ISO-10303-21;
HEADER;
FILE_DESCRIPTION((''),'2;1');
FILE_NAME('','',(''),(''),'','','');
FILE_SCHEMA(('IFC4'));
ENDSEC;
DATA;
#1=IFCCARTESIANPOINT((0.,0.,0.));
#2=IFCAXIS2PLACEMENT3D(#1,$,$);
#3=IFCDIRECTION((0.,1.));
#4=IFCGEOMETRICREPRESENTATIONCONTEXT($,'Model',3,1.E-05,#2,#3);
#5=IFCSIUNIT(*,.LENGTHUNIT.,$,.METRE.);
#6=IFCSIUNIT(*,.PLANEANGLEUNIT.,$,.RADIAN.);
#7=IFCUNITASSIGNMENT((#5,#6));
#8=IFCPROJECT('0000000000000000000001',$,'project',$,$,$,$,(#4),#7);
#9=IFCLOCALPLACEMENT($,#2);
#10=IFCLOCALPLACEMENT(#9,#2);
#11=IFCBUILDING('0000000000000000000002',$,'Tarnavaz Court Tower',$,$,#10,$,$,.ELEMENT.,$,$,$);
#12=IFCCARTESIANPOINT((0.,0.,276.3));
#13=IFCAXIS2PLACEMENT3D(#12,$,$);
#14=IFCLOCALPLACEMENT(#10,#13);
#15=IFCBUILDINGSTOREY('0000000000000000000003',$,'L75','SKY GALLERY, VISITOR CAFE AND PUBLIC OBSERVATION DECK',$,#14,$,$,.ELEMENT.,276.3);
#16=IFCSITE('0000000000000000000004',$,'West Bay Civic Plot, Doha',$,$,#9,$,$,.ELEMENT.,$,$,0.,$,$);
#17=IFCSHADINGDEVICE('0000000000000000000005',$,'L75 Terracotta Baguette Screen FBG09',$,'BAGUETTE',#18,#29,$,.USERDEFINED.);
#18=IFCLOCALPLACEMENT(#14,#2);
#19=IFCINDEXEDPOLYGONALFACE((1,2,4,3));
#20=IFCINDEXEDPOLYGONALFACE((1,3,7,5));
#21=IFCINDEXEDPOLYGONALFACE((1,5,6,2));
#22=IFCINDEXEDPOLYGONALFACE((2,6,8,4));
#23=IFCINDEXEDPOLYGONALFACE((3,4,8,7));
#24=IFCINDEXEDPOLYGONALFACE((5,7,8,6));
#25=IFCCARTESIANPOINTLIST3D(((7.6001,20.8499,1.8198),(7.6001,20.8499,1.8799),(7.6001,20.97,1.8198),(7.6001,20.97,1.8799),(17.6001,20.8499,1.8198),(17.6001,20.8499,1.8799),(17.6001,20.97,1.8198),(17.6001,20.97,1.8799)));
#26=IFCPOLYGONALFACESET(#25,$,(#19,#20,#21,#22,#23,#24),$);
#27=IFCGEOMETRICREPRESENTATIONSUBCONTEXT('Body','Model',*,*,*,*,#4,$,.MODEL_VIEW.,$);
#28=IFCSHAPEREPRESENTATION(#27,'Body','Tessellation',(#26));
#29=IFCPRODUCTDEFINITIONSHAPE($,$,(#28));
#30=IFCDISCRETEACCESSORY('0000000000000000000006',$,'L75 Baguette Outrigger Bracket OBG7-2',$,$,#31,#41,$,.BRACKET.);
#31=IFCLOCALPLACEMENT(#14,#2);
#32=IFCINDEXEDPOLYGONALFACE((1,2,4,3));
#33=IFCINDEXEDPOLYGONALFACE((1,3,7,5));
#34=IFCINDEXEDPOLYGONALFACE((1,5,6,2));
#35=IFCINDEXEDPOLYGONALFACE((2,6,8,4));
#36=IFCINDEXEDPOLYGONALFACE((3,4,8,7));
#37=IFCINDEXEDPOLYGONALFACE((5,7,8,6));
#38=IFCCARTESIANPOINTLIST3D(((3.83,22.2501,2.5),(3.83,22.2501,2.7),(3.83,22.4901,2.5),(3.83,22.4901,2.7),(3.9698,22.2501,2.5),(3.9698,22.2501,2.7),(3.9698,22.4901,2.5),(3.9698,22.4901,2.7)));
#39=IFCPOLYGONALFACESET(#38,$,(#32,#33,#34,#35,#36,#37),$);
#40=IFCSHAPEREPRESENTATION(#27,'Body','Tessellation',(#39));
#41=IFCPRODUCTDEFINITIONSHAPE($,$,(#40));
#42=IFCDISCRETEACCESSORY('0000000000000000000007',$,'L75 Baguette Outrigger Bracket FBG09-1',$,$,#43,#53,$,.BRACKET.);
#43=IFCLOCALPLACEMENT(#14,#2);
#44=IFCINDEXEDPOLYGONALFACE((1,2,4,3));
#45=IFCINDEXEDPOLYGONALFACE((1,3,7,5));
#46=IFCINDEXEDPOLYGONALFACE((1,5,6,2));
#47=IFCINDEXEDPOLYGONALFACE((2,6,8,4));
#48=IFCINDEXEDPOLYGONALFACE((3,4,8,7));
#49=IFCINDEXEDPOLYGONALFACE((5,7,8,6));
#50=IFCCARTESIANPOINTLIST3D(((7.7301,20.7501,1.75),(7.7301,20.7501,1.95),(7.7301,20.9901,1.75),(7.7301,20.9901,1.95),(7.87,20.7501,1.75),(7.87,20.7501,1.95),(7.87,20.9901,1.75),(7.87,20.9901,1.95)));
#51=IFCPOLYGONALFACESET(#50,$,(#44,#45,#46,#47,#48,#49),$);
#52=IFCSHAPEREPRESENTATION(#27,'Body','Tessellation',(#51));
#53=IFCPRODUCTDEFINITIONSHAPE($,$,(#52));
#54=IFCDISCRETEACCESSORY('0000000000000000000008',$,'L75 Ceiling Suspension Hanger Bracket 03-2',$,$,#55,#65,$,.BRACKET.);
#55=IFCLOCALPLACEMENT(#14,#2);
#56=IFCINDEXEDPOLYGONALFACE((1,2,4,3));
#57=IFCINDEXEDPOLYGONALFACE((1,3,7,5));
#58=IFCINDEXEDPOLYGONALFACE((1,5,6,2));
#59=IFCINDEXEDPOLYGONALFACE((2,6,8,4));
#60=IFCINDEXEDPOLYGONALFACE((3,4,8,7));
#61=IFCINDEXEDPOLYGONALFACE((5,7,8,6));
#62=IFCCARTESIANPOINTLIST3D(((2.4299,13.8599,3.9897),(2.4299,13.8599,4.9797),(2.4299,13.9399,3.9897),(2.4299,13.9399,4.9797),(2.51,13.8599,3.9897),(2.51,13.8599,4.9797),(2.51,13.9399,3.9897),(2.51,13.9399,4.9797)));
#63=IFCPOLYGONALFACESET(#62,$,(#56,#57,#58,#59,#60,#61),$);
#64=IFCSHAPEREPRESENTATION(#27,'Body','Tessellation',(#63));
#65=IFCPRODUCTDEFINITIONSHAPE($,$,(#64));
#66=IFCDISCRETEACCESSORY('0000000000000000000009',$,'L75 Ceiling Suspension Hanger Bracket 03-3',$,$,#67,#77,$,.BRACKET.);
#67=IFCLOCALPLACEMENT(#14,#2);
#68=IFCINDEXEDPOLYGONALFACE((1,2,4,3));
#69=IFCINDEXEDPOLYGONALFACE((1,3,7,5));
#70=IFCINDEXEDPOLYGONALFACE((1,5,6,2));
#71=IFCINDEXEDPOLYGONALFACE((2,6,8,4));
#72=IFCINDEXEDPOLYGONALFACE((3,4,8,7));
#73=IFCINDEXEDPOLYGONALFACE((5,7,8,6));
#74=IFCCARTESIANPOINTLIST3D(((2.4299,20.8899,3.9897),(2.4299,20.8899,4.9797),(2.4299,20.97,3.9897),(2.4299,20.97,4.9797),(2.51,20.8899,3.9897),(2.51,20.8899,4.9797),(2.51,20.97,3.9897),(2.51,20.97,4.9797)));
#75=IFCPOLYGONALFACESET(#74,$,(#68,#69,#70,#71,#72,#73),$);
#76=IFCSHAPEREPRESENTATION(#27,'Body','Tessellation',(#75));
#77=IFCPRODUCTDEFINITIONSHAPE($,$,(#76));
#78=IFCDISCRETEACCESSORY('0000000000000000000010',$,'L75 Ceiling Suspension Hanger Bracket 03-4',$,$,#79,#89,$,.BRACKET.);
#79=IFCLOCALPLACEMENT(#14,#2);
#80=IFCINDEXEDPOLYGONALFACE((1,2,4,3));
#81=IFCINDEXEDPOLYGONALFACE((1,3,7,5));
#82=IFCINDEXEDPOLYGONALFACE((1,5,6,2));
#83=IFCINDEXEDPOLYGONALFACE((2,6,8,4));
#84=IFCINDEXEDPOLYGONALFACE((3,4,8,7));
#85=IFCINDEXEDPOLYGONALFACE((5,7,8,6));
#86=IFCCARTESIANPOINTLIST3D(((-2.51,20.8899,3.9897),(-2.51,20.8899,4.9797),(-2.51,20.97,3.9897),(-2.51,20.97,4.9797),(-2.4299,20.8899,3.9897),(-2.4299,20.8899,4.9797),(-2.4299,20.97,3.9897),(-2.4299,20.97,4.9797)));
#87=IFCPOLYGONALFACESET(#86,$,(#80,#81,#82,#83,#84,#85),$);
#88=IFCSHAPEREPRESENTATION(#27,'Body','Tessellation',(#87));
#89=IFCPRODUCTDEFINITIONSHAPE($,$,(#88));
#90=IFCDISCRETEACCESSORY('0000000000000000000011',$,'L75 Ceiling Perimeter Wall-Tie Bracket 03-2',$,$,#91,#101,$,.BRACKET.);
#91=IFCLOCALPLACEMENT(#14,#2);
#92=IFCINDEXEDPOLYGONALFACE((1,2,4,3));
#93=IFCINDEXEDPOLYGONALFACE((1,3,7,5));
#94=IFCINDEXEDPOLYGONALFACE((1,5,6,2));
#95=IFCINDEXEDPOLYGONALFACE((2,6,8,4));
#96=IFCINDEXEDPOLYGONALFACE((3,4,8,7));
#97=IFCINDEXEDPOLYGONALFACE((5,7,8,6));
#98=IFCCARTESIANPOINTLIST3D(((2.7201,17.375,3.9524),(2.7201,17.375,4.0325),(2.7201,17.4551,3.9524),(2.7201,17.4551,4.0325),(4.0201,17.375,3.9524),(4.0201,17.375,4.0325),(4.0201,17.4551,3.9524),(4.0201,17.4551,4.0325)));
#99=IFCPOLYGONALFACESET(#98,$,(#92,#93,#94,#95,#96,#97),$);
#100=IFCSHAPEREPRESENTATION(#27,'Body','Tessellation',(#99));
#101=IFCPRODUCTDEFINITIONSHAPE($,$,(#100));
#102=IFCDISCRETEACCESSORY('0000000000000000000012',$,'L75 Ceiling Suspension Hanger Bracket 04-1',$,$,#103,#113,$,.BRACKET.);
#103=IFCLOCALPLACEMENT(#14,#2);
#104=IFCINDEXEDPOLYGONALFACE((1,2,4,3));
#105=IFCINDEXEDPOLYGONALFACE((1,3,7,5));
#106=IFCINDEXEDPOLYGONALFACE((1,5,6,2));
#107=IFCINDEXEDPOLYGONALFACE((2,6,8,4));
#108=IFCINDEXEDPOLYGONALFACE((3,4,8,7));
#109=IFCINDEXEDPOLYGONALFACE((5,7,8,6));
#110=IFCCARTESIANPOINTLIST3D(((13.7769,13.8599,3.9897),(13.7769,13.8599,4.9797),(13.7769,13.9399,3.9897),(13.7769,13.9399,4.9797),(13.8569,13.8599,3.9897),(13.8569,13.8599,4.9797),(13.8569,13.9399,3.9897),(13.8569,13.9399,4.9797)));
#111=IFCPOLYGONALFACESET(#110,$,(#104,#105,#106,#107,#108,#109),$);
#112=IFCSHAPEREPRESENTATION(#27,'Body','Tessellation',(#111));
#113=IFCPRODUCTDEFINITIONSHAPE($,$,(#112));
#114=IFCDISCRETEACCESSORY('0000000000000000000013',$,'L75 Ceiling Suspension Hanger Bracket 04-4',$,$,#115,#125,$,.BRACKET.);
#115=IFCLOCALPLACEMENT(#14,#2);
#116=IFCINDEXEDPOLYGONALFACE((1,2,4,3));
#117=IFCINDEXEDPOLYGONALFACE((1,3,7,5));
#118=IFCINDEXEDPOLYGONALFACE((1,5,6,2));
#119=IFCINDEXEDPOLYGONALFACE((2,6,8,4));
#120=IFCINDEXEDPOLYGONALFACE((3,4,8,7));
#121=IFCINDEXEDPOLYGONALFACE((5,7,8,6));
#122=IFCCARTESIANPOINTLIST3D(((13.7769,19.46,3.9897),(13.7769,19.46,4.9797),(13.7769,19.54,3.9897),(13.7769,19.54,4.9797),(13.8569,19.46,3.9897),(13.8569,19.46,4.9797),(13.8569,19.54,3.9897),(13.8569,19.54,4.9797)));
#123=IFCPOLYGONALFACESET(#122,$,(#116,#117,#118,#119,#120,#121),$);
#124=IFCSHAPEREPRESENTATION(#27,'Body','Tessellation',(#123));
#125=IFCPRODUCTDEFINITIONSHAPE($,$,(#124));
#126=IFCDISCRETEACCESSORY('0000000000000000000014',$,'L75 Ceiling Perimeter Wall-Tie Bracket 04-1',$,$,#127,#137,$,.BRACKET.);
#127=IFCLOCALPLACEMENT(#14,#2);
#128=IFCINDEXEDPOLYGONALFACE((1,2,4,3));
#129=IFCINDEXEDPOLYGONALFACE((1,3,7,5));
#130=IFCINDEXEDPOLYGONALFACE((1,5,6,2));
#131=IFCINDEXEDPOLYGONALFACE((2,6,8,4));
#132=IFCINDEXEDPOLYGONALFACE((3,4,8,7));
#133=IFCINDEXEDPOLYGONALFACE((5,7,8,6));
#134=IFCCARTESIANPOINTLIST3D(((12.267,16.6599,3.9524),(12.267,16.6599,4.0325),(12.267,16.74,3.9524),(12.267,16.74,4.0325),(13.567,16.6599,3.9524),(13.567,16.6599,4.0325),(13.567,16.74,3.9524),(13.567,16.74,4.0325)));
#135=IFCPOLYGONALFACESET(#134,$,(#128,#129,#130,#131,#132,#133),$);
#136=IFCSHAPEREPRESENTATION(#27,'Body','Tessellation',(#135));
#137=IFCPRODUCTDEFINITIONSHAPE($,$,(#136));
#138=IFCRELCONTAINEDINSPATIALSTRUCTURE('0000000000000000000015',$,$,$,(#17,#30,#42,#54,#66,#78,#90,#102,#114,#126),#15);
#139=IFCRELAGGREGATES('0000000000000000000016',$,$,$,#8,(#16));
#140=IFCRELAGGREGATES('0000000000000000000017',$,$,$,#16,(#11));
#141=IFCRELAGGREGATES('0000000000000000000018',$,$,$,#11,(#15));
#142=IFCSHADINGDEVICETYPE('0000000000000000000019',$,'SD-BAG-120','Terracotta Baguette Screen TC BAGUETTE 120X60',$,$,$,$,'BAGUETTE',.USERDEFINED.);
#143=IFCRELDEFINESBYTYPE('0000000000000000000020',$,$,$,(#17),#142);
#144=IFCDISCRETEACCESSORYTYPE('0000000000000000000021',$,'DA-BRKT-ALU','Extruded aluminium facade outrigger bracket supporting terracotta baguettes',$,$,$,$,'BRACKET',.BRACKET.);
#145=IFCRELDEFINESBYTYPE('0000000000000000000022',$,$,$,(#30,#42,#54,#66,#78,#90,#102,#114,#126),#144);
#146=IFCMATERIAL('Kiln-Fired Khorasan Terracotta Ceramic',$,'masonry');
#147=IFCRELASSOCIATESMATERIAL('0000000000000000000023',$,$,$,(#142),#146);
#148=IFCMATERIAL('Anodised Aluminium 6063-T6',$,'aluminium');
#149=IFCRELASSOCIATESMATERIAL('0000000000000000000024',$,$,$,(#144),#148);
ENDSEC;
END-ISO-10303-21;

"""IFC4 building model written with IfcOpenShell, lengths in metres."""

from ifc_helpers import new_model, si_unit, direction, frame, origin, origin_2d, place, context, subcontext, project, spatial, rectangle, extrude, material, material_profile, profile_set, type_object, element, save


model = new_model("IFC4")

# Units and contexts
model_context = context("Model", 3, precision=1e-05, world=origin(), true_north=direction((0.0, 1.0)))
body_context = subcontext(model_context, "Body", "Model", "MODEL_VIEW")
ifc_project = project(units=[si_unit("LENGTHUNIT", "METRE"), si_unit("PLANEANGLEUNIT", "RADIAN")], contexts=[model_context])

# Site, building, storey
site_placement = place(None, origin())
site = spatial("IfcSite", under=ifc_project, at=site_placement, Name="West Bay Civic Plot, Doha", CompositionType="ELEMENT", RefElevation=0.0)
building_placement = place(site_placement, origin())
building = spatial("IfcBuilding", under=site, at=building_placement, Name="Tarnavaz Court Tower", CompositionType="ELEMENT")
storey_placement = place(building_placement, frame((0.0, 0.0, 276.3)))
storey = spatial("IfcBuildingStorey", under=building, at=storey_placement, Name="L75", Description="SKY GALLERY, VISITOR CAFE AND PUBLIC OBSERVATION DECK", CompositionType="ELEMENT", Elevation=276.3)

# Shared definitions
ifc_material_1 = material(Name="Anodised Aluminium 6063-T6", Category="aluminium")

# Shading device
ifc_material_2 = material(Name="Kiln-Fired Khorasan Terracotta Ceramic", Category="masonry")
ifc_material_profile_1 = material_profile(ifc_material_2, rectangle(XDim=0.1201, YDim=0.0601, at=origin_2d()), Name="TC BAGUETTE 120X60")
ifc_profile_set_1 = profile_set([ifc_material_profile_1], Name="Kiln-Fired Khorasan Terracotta Ceramic")
shading_device_type = type_object("IfcShadingDeviceType", Name="SD-BAG-120", Description="Terracotta Baguette Screen TC BAGUETTE 120X60", ElementType="BAGUETTE", PredefinedType="USERDEFINED", material=ifc_profile_set_1)
shading_device_placement = place(storey_placement, frame((7.6001, 20.9099, 1.8499), z_axis=(1.0, 0.0, 0.0), x_axis=(0.0, 1.0, 0.0)))
element("IfcShadingDevice", 1, at=shading_device_placement, inside=storey, type_object=shading_device_type, Name="L75 Terracotta Baguette Screen FBG09", ObjectType="BAGUETTE", PredefinedType="USERDEFINED", context=body_context, shape_type="SweptSolid", body=[
    extrude(rectangle(XDim=0.1201, YDim=0.0601, at=origin_2d()), origin(), (0.0, 0.0, 1.0), 10.0),
])

# Discrete accessories
discrete_accessory_type = type_object("IfcDiscreteAccessoryType", Name="DA-BRKT-ALU", Description="Extruded aluminium facade outrigger bracket supporting terracotta baguettes", ElementType="BRACKET", PredefinedType="BRACKET", material=ifc_material_1)
for number, where, z_axis, x_axis, name in (
    (2, (3.8999, 22.3701, 2.5), (0.0, 0.0, 1.0), (1.0, 0.0, 0.0), "L75 Baguette Outrigger Bracket OBG7-2"),
    (3, (7.8, 20.8701, 1.75), (0.0, 0.0, 1.0), (1.0, 0.0, 0.0), "L75 Baguette Outrigger Bracket FBG09-1"),
):
    element("IfcDiscreteAccessory", number, at=place(storey_placement, frame(where, z_axis=z_axis, x_axis=x_axis)), inside=storey, type_object=discrete_accessory_type, Name=name, PredefinedType="BRACKET", context=body_context, shape_type="SweptSolid", body=[
        extrude(rectangle(XDim=0.1399, YDim=0.24, at=origin_2d()), origin(), (0.0, 0.0, 1.0), 0.2),
    ])
for number, where, z_axis, x_axis, name in (
    (4, (2.47, 13.8999, 3.9897), (0.0, 0.0, 1.0), (1.0, 0.0, 0.0), "L75 Ceiling Suspension Hanger Bracket 03-2"),
    (5, (2.47, 20.9299, 3.9897), (0.0, 0.0, 1.0), (1.0, 0.0, 0.0), "L75 Ceiling Suspension Hanger Bracket 03-3"),
    (6, (-2.47, 20.9299, 3.9897), (0.0, 0.0, 1.0), (1.0, 0.0, 0.0), "L75 Ceiling Suspension Hanger Bracket 03-4"),
):
    element("IfcDiscreteAccessory", number, at=place(storey_placement, frame(where, z_axis=z_axis, x_axis=x_axis)), inside=storey, type_object=discrete_accessory_type, Name=name, PredefinedType="BRACKET", context=body_context, shape_type="SweptSolid", body=[
        extrude(rectangle(XDim=0.0801, YDim=0.0801, at=origin_2d()), origin(), (0.0, 0.0, 1.0), 0.99),
    ])
discrete_accessory_1_placement = place(storey_placement, frame((3.3701, 17.415, 3.9524), z_axis=(0.0, 0.0, 1.0), x_axis=(1.0, 0.0, 0.0)))
element("IfcDiscreteAccessory", 7, at=discrete_accessory_1_placement, inside=storey, type_object=discrete_accessory_type, Name="L75 Ceiling Perimeter Wall-Tie Bracket 03-2", PredefinedType="BRACKET", context=body_context, shape_type="SweptSolid", body=[
    extrude(rectangle(XDim=1.3, YDim=0.0801, at=origin_2d()), origin(), (0.0, 0.0, 1.0), 0.0801),
])
for number, where, z_axis, x_axis, name in (
    (8, (13.8169, 13.8999, 3.9897), (0.0, 0.0, 1.0), (1.0, 0.0, 0.0), "L75 Ceiling Suspension Hanger Bracket 04-1"),
    (9, (13.8169, 19.5, 3.9897), (0.0, 0.0, 1.0), (1.0, 0.0, 0.0), "L75 Ceiling Suspension Hanger Bracket 04-4"),
):
    element("IfcDiscreteAccessory", number, at=place(storey_placement, frame(where, z_axis=z_axis, x_axis=x_axis)), inside=storey, type_object=discrete_accessory_type, Name=name, PredefinedType="BRACKET", context=body_context, shape_type="SweptSolid", body=[
        extrude(rectangle(XDim=0.0801, YDim=0.0801, at=origin_2d()), origin(), (0.0, 0.0, 1.0), 0.99),
    ])
discrete_accessory_2_placement = place(storey_placement, frame((12.917, 16.7, 3.9524), z_axis=(0.0, 0.0, 1.0), x_axis=(1.0, 0.0, 0.0)))
element("IfcDiscreteAccessory", 10, at=discrete_accessory_2_placement, inside=storey, type_object=discrete_accessory_type, Name="L75 Ceiling Perimeter Wall-Tie Bracket 04-1", PredefinedType="BRACKET", context=body_context, shape_type="SweptSolid", body=[
    extrude(rectangle(XDim=1.3, YDim=0.0801, at=origin_2d()), origin(), (0.0, 0.0, 1.0), 0.0801),
])

save(model, "model.ifc")
